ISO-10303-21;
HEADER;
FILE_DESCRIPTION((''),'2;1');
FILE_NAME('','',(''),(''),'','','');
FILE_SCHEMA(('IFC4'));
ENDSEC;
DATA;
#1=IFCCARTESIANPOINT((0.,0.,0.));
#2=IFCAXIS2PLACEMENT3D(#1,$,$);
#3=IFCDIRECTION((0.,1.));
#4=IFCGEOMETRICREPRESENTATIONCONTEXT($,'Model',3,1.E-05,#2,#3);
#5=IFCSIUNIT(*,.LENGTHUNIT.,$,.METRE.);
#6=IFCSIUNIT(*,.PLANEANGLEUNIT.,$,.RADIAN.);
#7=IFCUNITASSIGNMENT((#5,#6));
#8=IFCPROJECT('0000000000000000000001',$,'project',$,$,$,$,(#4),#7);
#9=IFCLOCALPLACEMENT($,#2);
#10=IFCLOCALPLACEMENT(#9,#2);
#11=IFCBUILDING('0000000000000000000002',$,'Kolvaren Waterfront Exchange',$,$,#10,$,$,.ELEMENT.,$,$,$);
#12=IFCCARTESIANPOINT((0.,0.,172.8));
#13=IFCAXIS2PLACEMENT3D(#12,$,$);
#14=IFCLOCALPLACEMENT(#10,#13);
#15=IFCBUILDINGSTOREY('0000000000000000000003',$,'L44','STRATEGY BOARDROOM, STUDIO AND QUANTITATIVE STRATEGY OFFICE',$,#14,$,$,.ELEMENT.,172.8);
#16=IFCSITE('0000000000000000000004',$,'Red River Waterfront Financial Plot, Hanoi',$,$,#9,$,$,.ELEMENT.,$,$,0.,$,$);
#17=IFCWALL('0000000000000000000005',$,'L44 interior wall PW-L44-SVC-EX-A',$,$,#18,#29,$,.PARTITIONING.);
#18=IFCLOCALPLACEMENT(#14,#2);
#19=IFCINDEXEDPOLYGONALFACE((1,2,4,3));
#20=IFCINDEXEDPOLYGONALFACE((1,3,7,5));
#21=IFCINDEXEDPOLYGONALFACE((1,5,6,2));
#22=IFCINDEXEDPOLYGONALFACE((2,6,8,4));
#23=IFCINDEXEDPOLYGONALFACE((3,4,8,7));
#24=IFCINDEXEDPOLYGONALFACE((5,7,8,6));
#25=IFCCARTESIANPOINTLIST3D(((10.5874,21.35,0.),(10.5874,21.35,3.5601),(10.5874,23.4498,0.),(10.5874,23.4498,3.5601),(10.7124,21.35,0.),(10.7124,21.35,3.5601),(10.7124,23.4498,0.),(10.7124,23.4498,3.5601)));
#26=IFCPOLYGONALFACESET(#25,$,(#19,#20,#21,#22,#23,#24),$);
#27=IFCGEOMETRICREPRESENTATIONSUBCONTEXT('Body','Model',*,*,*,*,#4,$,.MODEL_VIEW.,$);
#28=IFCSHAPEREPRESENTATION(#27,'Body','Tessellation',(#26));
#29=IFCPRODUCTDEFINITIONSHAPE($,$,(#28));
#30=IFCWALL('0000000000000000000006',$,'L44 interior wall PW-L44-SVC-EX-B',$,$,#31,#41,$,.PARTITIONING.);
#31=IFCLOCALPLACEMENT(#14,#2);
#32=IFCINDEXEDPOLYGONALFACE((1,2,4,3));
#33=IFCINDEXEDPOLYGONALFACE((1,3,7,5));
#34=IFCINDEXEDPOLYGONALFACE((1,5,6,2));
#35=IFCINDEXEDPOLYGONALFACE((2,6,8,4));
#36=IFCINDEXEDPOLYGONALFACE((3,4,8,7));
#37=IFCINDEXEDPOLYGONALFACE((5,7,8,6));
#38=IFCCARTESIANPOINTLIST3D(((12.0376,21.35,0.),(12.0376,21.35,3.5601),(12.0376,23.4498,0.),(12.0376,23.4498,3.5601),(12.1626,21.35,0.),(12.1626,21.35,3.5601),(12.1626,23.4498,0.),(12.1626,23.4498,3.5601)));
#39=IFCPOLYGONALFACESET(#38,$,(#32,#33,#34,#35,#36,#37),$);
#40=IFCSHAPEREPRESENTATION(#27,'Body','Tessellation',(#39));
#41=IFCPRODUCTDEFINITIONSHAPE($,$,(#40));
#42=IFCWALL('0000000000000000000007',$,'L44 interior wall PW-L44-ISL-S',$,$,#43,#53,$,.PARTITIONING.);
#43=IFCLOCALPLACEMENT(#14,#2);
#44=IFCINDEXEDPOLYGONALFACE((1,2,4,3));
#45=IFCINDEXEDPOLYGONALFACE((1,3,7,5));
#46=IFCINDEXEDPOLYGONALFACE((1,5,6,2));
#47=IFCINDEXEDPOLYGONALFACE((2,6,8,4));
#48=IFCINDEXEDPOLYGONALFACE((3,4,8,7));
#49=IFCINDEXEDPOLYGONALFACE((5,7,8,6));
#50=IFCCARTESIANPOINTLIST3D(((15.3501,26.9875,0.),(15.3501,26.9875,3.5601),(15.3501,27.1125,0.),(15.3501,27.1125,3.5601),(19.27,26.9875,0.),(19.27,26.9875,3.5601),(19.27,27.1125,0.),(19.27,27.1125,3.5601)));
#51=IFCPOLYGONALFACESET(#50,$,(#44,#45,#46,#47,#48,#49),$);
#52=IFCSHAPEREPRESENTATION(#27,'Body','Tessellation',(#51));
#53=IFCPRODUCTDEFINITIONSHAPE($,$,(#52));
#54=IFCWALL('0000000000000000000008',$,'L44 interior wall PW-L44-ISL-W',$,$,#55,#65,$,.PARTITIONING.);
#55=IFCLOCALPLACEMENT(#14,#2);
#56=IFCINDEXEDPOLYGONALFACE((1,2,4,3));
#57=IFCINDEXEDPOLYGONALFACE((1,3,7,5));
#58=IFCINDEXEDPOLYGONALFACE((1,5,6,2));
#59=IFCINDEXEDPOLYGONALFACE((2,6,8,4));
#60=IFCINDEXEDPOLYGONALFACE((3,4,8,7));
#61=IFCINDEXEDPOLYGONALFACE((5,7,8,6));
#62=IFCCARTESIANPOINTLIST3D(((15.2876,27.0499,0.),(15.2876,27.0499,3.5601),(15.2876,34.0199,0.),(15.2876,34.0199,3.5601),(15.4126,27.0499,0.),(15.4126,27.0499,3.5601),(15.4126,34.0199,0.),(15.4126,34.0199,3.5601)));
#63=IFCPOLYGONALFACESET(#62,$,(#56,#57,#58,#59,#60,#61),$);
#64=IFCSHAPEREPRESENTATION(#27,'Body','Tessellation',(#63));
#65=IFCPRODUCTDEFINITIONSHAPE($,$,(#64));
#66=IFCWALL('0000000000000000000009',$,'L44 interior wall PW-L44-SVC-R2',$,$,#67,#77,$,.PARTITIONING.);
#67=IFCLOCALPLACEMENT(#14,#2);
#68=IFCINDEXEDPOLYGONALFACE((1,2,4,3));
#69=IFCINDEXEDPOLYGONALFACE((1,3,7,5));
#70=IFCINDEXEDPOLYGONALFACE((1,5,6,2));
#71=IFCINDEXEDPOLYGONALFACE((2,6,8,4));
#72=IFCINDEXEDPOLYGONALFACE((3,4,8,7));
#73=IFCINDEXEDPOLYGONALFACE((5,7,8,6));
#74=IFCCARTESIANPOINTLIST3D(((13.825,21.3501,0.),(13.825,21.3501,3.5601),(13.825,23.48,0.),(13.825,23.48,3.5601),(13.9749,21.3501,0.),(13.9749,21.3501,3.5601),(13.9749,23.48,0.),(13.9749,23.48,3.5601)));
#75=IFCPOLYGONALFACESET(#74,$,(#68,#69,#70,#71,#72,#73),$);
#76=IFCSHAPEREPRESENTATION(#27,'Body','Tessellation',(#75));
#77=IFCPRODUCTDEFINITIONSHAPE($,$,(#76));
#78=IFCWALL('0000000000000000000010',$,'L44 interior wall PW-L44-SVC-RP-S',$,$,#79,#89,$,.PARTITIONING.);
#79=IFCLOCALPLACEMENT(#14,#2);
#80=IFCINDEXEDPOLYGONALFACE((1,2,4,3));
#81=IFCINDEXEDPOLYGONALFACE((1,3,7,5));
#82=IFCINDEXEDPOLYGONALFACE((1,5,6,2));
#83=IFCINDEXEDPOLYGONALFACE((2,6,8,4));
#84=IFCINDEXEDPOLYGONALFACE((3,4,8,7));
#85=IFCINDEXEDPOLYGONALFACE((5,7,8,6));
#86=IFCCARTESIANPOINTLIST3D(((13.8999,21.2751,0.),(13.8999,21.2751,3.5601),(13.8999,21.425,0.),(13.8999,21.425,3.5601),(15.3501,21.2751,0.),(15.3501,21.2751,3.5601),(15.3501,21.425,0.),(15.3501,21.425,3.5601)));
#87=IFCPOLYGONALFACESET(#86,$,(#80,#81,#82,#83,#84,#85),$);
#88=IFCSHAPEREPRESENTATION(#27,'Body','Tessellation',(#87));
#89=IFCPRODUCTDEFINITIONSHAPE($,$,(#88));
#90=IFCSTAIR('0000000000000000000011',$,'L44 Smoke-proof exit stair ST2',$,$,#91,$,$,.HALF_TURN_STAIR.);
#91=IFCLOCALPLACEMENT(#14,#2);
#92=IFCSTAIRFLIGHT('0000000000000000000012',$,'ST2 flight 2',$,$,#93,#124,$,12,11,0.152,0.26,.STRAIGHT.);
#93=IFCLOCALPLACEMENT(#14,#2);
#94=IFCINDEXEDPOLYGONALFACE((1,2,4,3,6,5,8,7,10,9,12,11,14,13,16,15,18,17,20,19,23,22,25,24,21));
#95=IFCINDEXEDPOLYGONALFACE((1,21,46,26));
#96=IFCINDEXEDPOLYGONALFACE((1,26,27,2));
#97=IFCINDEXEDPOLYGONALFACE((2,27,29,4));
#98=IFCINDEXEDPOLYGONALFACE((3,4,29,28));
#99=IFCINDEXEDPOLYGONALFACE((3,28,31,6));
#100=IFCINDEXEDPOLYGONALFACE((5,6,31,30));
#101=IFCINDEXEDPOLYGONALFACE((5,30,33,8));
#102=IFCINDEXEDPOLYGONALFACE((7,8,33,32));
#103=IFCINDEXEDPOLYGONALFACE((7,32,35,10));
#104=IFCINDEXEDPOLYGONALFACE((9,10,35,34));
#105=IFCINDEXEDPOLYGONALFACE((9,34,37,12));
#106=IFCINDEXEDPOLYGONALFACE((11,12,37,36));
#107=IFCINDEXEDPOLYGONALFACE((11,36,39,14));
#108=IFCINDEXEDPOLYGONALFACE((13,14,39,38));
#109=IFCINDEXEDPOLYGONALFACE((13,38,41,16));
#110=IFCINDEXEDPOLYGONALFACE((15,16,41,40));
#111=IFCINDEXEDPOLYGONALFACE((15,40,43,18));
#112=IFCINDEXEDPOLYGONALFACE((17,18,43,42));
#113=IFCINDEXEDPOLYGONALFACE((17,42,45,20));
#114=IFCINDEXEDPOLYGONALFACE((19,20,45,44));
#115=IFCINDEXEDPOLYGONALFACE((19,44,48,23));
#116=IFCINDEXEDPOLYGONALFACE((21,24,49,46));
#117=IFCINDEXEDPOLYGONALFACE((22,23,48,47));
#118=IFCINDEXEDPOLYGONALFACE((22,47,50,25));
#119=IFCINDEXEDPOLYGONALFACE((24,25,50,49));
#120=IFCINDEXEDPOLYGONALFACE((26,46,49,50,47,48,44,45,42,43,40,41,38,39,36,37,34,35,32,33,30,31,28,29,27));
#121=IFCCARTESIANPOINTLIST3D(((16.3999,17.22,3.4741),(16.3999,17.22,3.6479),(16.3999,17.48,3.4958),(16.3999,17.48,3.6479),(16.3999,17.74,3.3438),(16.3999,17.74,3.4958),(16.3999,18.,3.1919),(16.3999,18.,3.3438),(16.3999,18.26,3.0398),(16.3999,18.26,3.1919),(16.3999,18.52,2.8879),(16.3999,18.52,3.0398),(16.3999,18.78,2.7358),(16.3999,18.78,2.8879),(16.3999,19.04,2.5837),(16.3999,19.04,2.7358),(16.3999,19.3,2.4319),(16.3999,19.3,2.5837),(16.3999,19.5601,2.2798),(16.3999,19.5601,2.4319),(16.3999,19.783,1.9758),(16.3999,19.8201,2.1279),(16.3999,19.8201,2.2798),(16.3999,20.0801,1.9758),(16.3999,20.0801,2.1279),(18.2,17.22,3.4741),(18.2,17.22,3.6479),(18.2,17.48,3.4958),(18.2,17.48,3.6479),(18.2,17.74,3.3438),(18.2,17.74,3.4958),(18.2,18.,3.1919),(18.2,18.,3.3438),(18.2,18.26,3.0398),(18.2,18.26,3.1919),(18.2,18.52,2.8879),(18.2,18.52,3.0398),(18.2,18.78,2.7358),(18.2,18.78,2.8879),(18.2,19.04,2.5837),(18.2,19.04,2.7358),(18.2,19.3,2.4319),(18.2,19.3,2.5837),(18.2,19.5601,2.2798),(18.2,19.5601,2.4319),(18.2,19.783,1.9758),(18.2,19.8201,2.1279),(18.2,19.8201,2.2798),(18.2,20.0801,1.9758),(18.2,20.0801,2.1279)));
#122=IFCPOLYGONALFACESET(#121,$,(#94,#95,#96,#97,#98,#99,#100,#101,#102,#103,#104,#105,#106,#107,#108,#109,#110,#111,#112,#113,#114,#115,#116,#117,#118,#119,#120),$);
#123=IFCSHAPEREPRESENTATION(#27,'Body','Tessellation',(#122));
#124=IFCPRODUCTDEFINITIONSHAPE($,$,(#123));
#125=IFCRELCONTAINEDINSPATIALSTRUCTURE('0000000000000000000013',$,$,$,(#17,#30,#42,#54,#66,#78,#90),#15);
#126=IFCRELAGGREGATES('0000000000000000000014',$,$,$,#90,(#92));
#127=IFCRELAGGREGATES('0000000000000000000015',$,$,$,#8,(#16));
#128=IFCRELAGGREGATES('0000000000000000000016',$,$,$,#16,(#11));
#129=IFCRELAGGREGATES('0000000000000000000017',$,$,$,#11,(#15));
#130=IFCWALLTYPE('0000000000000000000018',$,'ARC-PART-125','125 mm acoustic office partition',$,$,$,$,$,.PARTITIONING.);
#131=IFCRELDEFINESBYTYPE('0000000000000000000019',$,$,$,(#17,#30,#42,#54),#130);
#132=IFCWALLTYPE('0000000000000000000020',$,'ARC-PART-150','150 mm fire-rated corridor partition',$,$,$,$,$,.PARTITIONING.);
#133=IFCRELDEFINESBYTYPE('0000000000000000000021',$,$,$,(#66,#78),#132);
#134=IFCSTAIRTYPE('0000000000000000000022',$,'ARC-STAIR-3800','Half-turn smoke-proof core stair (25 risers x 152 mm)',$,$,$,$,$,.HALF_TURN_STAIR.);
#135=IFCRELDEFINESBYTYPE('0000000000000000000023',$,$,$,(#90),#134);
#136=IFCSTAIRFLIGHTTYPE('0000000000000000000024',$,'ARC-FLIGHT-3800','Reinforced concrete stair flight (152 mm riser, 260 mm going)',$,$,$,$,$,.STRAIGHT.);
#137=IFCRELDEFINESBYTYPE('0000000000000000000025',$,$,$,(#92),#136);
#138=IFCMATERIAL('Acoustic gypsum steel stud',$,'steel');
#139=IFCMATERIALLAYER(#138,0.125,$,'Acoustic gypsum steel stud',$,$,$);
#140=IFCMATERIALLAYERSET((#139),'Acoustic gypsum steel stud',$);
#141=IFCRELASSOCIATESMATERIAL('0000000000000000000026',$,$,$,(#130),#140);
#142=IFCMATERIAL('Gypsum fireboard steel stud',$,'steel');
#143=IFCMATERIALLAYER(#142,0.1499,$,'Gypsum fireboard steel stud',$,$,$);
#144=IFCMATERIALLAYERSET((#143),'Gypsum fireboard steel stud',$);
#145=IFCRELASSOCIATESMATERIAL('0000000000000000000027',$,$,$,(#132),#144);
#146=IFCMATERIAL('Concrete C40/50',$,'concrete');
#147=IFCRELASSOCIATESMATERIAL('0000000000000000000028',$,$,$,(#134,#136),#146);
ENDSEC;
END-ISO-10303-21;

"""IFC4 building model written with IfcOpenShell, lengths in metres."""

from ifc_helpers import new_model, si_unit, direction, frame, frame_2d, origin, place, context, subcontext, project, spatial, polyline, rectangle, outline, extrude, material, layer, layer_set, type_object, element, aggregate, save


model = new_model("IFC4")

# Units and contexts
model_context = context("Model", 3, precision=1e-05, world=origin(), true_north=direction((0.0, 1.0)))
body_context = subcontext(model_context, "Body", "Model", "MODEL_VIEW")
ifc_project = project(units=[si_unit("LENGTHUNIT", "METRE"), si_unit("PLANEANGLEUNIT", "RADIAN")], contexts=[model_context])

# Site, building, storey
site_placement = place(None, origin())
site = spatial("IfcSite", under=ifc_project, at=site_placement, Name="Red River Waterfront Financial Plot, Hanoi", CompositionType="ELEMENT", RefElevation=0.0)
building_placement = place(site_placement, origin())
building = spatial("IfcBuilding", under=site, at=building_placement, Name="Kolvaren Waterfront Exchange", CompositionType="ELEMENT")
storey_placement = place(building_placement, frame((0.0, 0.0, 172.8)))
storey = spatial("IfcBuildingStorey", under=building, at=storey_placement, Name="L44", Description="STRATEGY BOARDROOM, STUDIO AND QUANTITATIVE STRATEGY OFFICE", CompositionType="ELEMENT", Elevation=172.8)

# Walls
ifc_material_1 = material(Name="Acoustic gypsum steel stud", Category="steel")
ifc_layer_1 = layer(ifc_material_1, 0.125, Name="Acoustic gypsum steel stud")
ifc_layer_set_1 = layer_set([ifc_layer_1], Name="Acoustic gypsum steel stud")
wall_type_1 = type_object("IfcWallType", Name="ARC-PART-125", Description="125 mm acoustic office partition", PredefinedType="PARTITIONING", material=ifc_layer_set_1)
for number, where, z_axis, x_axis, name in (
    (1, (10.6499, 21.3501, 0.0), (0.0, 0.0, 1.0), (0.0, 1.0, 0.0), "L44 interior wall PW-L44-SVC-EX-A"),
    (2, (12.1001, 21.3501, 0.0), (0.0, 0.0, 1.0), (0.0, 1.0, 0.0), "L44 interior wall PW-L44-SVC-EX-B"),
):
    element("IfcWall", number, at=place(storey_placement, frame(where, z_axis=z_axis, x_axis=x_axis)), inside=storey, type_object=wall_type_1, Name=name, PredefinedType="PARTITIONING", context=body_context, shape_type="SweptSolid", body=[
        extrude(rectangle(XDim=2.0999, YDim=0.125, at=frame_2d((1.0498, 0.0))), origin(), (0.0, 0.0, 1.0), 3.5601),
    ])
wall_1_placement = place(storey_placement, frame((15.3501, 27.05, 0.0), z_axis=(0.0, 0.0, 1.0), x_axis=(1.0, 0.0, 0.0)))
element("IfcWall", 3, at=wall_1_placement, inside=storey, type_object=wall_type_1, Name="L44 interior wall PW-L44-ISL-S", PredefinedType="PARTITIONING", context=body_context, shape_type="SweptSolid", body=[
    extrude(rectangle(XDim=3.9199, YDim=0.125, at=frame_2d((1.96, 0.0))), origin(), (0.0, 0.0, 1.0), 3.5601),
])
wall_2_placement = place(storey_placement, frame((15.3501, 27.05, 0.0), z_axis=(0.0, 0.0, 1.0), x_axis=(0.0, 1.0, 0.0)))
element("IfcWall", 4, at=wall_2_placement, inside=storey, type_object=wall_type_1, Name="L44 interior wall PW-L44-ISL-W", PredefinedType="PARTITIONING", context=body_context, shape_type="SweptSolid", body=[
    extrude(rectangle(XDim=6.97, YDim=0.125, at=frame_2d((3.4849, 0.0))), origin(), (0.0, 0.0, 1.0), 3.5601),
])
ifc_material_2 = material(Name="Gypsum fireboard steel stud", Category="steel")
ifc_layer_2 = layer(ifc_material_2, 0.1499, Name="Gypsum fireboard steel stud")
ifc_layer_set_2 = layer_set([ifc_layer_2], Name="Gypsum fireboard steel stud")
wall_type_2 = type_object("IfcWallType", Name="ARC-PART-150", Description="150 mm fire-rated corridor partition", PredefinedType="PARTITIONING", material=ifc_layer_set_2)
wall_3_placement = place(storey_placement, frame((13.8999, 21.3501, 0.0), z_axis=(0.0, 0.0, 1.0), x_axis=(0.0, 1.0, 0.0)))
element("IfcWall", 5, at=wall_3_placement, inside=storey, type_object=wall_type_2, Name="L44 interior wall PW-L44-SVC-R2", PredefinedType="PARTITIONING", context=body_context, shape_type="SweptSolid", body=[
    extrude(rectangle(XDim=2.1299, YDim=0.1499, at=frame_2d((1.0649, 0.0))), origin(), (0.0, 0.0, 1.0), 3.5601),
])
wall_4_placement = place(storey_placement, frame((13.8999, 21.3501, 0.0), z_axis=(0.0, 0.0, 1.0), x_axis=(1.0, 0.0, 0.0)))
element("IfcWall", 6, at=wall_4_placement, inside=storey, type_object=wall_type_2, Name="L44 interior wall PW-L44-SVC-RP-S", PredefinedType="PARTITIONING", context=body_context, shape_type="SweptSolid", body=[
    extrude(rectangle(XDim=1.4502, YDim=0.1499, at=frame_2d((0.7251, 0.0))), origin(), (0.0, 0.0, 1.0), 3.5601),
])

# Stair, stair flight
ifc_material_3 = material(Name="Concrete C40/50", Category="concrete")
stair_type = type_object("IfcStairType", Name="ARC-STAIR-3800", Description="Half-turn smoke-proof core stair (25 risers x 152 mm)", PredefinedType="HALF_TURN_STAIR", material=ifc_material_3)
stair_placement = place(storey_placement, origin())
stair = element("IfcStair", 7, at=stair_placement, inside=storey, type_object=stair_type, Name="L44 Smoke-proof exit stair ST2", PredefinedType="HALF_TURN_STAIR")
stair_flight_type = type_object("IfcStairFlightType", Name="ARC-FLIGHT-3800", Description="Reinforced concrete stair flight (152 mm riser, 260 mm going)", PredefinedType="STRAIGHT", material=ifc_material_3)
stair_flight_placement = place(storey_placement, frame((17.3, 20.0801, 1.9758), z_axis=(0.0, 0.0, 1.0), x_axis=(0.0, -1.0, 0.0)))
stair_flight = element("IfcStairFlight", 8, at=stair_flight_placement, type_object=stair_flight_type, Name="ST2 flight 2", NumberOfRisers=12, NumberOfTreads=11, PredefinedType="STRAIGHT", RiserHeight=0.152, TreadLength=0.26, context=body_context, shape_type="SweptSolid", body=[
    extrude(outline(polyline([(0.0, 0.0), (0.0, 0.1521), (0.26, 0.1521), (0.26, 0.304), (0.52, 0.304), (0.52, 0.4561), (0.78, 0.4561), (0.78, 0.6079), (1.04, 0.6079), (1.04, 0.76), (1.3, 0.76), (1.3, 0.9121), (1.5601, 0.9121), (1.5601, 1.064), (1.8201, 1.064), (1.8201, 1.2161), (2.0801, 1.2161), (2.0801, 1.3679), (2.3401, 1.3679), (2.3401, 1.52), (2.6001, 1.52), (2.6001, 1.6721), (2.8601, 1.6721), (2.8601, 1.824), (2.8601, 1.4983), (0.2971, 0.0), (0.0, 0.0)])), frame((0.0, 0.8999, 0.0), z_axis=(0.0, -1.0, 0.0), x_axis=(1.0, 0.0, 0.0)), (0.0, 0.0, 1.0), 1.8),
])
aggregate(stair, [stair_flight])

save(model, "model.ifc")
